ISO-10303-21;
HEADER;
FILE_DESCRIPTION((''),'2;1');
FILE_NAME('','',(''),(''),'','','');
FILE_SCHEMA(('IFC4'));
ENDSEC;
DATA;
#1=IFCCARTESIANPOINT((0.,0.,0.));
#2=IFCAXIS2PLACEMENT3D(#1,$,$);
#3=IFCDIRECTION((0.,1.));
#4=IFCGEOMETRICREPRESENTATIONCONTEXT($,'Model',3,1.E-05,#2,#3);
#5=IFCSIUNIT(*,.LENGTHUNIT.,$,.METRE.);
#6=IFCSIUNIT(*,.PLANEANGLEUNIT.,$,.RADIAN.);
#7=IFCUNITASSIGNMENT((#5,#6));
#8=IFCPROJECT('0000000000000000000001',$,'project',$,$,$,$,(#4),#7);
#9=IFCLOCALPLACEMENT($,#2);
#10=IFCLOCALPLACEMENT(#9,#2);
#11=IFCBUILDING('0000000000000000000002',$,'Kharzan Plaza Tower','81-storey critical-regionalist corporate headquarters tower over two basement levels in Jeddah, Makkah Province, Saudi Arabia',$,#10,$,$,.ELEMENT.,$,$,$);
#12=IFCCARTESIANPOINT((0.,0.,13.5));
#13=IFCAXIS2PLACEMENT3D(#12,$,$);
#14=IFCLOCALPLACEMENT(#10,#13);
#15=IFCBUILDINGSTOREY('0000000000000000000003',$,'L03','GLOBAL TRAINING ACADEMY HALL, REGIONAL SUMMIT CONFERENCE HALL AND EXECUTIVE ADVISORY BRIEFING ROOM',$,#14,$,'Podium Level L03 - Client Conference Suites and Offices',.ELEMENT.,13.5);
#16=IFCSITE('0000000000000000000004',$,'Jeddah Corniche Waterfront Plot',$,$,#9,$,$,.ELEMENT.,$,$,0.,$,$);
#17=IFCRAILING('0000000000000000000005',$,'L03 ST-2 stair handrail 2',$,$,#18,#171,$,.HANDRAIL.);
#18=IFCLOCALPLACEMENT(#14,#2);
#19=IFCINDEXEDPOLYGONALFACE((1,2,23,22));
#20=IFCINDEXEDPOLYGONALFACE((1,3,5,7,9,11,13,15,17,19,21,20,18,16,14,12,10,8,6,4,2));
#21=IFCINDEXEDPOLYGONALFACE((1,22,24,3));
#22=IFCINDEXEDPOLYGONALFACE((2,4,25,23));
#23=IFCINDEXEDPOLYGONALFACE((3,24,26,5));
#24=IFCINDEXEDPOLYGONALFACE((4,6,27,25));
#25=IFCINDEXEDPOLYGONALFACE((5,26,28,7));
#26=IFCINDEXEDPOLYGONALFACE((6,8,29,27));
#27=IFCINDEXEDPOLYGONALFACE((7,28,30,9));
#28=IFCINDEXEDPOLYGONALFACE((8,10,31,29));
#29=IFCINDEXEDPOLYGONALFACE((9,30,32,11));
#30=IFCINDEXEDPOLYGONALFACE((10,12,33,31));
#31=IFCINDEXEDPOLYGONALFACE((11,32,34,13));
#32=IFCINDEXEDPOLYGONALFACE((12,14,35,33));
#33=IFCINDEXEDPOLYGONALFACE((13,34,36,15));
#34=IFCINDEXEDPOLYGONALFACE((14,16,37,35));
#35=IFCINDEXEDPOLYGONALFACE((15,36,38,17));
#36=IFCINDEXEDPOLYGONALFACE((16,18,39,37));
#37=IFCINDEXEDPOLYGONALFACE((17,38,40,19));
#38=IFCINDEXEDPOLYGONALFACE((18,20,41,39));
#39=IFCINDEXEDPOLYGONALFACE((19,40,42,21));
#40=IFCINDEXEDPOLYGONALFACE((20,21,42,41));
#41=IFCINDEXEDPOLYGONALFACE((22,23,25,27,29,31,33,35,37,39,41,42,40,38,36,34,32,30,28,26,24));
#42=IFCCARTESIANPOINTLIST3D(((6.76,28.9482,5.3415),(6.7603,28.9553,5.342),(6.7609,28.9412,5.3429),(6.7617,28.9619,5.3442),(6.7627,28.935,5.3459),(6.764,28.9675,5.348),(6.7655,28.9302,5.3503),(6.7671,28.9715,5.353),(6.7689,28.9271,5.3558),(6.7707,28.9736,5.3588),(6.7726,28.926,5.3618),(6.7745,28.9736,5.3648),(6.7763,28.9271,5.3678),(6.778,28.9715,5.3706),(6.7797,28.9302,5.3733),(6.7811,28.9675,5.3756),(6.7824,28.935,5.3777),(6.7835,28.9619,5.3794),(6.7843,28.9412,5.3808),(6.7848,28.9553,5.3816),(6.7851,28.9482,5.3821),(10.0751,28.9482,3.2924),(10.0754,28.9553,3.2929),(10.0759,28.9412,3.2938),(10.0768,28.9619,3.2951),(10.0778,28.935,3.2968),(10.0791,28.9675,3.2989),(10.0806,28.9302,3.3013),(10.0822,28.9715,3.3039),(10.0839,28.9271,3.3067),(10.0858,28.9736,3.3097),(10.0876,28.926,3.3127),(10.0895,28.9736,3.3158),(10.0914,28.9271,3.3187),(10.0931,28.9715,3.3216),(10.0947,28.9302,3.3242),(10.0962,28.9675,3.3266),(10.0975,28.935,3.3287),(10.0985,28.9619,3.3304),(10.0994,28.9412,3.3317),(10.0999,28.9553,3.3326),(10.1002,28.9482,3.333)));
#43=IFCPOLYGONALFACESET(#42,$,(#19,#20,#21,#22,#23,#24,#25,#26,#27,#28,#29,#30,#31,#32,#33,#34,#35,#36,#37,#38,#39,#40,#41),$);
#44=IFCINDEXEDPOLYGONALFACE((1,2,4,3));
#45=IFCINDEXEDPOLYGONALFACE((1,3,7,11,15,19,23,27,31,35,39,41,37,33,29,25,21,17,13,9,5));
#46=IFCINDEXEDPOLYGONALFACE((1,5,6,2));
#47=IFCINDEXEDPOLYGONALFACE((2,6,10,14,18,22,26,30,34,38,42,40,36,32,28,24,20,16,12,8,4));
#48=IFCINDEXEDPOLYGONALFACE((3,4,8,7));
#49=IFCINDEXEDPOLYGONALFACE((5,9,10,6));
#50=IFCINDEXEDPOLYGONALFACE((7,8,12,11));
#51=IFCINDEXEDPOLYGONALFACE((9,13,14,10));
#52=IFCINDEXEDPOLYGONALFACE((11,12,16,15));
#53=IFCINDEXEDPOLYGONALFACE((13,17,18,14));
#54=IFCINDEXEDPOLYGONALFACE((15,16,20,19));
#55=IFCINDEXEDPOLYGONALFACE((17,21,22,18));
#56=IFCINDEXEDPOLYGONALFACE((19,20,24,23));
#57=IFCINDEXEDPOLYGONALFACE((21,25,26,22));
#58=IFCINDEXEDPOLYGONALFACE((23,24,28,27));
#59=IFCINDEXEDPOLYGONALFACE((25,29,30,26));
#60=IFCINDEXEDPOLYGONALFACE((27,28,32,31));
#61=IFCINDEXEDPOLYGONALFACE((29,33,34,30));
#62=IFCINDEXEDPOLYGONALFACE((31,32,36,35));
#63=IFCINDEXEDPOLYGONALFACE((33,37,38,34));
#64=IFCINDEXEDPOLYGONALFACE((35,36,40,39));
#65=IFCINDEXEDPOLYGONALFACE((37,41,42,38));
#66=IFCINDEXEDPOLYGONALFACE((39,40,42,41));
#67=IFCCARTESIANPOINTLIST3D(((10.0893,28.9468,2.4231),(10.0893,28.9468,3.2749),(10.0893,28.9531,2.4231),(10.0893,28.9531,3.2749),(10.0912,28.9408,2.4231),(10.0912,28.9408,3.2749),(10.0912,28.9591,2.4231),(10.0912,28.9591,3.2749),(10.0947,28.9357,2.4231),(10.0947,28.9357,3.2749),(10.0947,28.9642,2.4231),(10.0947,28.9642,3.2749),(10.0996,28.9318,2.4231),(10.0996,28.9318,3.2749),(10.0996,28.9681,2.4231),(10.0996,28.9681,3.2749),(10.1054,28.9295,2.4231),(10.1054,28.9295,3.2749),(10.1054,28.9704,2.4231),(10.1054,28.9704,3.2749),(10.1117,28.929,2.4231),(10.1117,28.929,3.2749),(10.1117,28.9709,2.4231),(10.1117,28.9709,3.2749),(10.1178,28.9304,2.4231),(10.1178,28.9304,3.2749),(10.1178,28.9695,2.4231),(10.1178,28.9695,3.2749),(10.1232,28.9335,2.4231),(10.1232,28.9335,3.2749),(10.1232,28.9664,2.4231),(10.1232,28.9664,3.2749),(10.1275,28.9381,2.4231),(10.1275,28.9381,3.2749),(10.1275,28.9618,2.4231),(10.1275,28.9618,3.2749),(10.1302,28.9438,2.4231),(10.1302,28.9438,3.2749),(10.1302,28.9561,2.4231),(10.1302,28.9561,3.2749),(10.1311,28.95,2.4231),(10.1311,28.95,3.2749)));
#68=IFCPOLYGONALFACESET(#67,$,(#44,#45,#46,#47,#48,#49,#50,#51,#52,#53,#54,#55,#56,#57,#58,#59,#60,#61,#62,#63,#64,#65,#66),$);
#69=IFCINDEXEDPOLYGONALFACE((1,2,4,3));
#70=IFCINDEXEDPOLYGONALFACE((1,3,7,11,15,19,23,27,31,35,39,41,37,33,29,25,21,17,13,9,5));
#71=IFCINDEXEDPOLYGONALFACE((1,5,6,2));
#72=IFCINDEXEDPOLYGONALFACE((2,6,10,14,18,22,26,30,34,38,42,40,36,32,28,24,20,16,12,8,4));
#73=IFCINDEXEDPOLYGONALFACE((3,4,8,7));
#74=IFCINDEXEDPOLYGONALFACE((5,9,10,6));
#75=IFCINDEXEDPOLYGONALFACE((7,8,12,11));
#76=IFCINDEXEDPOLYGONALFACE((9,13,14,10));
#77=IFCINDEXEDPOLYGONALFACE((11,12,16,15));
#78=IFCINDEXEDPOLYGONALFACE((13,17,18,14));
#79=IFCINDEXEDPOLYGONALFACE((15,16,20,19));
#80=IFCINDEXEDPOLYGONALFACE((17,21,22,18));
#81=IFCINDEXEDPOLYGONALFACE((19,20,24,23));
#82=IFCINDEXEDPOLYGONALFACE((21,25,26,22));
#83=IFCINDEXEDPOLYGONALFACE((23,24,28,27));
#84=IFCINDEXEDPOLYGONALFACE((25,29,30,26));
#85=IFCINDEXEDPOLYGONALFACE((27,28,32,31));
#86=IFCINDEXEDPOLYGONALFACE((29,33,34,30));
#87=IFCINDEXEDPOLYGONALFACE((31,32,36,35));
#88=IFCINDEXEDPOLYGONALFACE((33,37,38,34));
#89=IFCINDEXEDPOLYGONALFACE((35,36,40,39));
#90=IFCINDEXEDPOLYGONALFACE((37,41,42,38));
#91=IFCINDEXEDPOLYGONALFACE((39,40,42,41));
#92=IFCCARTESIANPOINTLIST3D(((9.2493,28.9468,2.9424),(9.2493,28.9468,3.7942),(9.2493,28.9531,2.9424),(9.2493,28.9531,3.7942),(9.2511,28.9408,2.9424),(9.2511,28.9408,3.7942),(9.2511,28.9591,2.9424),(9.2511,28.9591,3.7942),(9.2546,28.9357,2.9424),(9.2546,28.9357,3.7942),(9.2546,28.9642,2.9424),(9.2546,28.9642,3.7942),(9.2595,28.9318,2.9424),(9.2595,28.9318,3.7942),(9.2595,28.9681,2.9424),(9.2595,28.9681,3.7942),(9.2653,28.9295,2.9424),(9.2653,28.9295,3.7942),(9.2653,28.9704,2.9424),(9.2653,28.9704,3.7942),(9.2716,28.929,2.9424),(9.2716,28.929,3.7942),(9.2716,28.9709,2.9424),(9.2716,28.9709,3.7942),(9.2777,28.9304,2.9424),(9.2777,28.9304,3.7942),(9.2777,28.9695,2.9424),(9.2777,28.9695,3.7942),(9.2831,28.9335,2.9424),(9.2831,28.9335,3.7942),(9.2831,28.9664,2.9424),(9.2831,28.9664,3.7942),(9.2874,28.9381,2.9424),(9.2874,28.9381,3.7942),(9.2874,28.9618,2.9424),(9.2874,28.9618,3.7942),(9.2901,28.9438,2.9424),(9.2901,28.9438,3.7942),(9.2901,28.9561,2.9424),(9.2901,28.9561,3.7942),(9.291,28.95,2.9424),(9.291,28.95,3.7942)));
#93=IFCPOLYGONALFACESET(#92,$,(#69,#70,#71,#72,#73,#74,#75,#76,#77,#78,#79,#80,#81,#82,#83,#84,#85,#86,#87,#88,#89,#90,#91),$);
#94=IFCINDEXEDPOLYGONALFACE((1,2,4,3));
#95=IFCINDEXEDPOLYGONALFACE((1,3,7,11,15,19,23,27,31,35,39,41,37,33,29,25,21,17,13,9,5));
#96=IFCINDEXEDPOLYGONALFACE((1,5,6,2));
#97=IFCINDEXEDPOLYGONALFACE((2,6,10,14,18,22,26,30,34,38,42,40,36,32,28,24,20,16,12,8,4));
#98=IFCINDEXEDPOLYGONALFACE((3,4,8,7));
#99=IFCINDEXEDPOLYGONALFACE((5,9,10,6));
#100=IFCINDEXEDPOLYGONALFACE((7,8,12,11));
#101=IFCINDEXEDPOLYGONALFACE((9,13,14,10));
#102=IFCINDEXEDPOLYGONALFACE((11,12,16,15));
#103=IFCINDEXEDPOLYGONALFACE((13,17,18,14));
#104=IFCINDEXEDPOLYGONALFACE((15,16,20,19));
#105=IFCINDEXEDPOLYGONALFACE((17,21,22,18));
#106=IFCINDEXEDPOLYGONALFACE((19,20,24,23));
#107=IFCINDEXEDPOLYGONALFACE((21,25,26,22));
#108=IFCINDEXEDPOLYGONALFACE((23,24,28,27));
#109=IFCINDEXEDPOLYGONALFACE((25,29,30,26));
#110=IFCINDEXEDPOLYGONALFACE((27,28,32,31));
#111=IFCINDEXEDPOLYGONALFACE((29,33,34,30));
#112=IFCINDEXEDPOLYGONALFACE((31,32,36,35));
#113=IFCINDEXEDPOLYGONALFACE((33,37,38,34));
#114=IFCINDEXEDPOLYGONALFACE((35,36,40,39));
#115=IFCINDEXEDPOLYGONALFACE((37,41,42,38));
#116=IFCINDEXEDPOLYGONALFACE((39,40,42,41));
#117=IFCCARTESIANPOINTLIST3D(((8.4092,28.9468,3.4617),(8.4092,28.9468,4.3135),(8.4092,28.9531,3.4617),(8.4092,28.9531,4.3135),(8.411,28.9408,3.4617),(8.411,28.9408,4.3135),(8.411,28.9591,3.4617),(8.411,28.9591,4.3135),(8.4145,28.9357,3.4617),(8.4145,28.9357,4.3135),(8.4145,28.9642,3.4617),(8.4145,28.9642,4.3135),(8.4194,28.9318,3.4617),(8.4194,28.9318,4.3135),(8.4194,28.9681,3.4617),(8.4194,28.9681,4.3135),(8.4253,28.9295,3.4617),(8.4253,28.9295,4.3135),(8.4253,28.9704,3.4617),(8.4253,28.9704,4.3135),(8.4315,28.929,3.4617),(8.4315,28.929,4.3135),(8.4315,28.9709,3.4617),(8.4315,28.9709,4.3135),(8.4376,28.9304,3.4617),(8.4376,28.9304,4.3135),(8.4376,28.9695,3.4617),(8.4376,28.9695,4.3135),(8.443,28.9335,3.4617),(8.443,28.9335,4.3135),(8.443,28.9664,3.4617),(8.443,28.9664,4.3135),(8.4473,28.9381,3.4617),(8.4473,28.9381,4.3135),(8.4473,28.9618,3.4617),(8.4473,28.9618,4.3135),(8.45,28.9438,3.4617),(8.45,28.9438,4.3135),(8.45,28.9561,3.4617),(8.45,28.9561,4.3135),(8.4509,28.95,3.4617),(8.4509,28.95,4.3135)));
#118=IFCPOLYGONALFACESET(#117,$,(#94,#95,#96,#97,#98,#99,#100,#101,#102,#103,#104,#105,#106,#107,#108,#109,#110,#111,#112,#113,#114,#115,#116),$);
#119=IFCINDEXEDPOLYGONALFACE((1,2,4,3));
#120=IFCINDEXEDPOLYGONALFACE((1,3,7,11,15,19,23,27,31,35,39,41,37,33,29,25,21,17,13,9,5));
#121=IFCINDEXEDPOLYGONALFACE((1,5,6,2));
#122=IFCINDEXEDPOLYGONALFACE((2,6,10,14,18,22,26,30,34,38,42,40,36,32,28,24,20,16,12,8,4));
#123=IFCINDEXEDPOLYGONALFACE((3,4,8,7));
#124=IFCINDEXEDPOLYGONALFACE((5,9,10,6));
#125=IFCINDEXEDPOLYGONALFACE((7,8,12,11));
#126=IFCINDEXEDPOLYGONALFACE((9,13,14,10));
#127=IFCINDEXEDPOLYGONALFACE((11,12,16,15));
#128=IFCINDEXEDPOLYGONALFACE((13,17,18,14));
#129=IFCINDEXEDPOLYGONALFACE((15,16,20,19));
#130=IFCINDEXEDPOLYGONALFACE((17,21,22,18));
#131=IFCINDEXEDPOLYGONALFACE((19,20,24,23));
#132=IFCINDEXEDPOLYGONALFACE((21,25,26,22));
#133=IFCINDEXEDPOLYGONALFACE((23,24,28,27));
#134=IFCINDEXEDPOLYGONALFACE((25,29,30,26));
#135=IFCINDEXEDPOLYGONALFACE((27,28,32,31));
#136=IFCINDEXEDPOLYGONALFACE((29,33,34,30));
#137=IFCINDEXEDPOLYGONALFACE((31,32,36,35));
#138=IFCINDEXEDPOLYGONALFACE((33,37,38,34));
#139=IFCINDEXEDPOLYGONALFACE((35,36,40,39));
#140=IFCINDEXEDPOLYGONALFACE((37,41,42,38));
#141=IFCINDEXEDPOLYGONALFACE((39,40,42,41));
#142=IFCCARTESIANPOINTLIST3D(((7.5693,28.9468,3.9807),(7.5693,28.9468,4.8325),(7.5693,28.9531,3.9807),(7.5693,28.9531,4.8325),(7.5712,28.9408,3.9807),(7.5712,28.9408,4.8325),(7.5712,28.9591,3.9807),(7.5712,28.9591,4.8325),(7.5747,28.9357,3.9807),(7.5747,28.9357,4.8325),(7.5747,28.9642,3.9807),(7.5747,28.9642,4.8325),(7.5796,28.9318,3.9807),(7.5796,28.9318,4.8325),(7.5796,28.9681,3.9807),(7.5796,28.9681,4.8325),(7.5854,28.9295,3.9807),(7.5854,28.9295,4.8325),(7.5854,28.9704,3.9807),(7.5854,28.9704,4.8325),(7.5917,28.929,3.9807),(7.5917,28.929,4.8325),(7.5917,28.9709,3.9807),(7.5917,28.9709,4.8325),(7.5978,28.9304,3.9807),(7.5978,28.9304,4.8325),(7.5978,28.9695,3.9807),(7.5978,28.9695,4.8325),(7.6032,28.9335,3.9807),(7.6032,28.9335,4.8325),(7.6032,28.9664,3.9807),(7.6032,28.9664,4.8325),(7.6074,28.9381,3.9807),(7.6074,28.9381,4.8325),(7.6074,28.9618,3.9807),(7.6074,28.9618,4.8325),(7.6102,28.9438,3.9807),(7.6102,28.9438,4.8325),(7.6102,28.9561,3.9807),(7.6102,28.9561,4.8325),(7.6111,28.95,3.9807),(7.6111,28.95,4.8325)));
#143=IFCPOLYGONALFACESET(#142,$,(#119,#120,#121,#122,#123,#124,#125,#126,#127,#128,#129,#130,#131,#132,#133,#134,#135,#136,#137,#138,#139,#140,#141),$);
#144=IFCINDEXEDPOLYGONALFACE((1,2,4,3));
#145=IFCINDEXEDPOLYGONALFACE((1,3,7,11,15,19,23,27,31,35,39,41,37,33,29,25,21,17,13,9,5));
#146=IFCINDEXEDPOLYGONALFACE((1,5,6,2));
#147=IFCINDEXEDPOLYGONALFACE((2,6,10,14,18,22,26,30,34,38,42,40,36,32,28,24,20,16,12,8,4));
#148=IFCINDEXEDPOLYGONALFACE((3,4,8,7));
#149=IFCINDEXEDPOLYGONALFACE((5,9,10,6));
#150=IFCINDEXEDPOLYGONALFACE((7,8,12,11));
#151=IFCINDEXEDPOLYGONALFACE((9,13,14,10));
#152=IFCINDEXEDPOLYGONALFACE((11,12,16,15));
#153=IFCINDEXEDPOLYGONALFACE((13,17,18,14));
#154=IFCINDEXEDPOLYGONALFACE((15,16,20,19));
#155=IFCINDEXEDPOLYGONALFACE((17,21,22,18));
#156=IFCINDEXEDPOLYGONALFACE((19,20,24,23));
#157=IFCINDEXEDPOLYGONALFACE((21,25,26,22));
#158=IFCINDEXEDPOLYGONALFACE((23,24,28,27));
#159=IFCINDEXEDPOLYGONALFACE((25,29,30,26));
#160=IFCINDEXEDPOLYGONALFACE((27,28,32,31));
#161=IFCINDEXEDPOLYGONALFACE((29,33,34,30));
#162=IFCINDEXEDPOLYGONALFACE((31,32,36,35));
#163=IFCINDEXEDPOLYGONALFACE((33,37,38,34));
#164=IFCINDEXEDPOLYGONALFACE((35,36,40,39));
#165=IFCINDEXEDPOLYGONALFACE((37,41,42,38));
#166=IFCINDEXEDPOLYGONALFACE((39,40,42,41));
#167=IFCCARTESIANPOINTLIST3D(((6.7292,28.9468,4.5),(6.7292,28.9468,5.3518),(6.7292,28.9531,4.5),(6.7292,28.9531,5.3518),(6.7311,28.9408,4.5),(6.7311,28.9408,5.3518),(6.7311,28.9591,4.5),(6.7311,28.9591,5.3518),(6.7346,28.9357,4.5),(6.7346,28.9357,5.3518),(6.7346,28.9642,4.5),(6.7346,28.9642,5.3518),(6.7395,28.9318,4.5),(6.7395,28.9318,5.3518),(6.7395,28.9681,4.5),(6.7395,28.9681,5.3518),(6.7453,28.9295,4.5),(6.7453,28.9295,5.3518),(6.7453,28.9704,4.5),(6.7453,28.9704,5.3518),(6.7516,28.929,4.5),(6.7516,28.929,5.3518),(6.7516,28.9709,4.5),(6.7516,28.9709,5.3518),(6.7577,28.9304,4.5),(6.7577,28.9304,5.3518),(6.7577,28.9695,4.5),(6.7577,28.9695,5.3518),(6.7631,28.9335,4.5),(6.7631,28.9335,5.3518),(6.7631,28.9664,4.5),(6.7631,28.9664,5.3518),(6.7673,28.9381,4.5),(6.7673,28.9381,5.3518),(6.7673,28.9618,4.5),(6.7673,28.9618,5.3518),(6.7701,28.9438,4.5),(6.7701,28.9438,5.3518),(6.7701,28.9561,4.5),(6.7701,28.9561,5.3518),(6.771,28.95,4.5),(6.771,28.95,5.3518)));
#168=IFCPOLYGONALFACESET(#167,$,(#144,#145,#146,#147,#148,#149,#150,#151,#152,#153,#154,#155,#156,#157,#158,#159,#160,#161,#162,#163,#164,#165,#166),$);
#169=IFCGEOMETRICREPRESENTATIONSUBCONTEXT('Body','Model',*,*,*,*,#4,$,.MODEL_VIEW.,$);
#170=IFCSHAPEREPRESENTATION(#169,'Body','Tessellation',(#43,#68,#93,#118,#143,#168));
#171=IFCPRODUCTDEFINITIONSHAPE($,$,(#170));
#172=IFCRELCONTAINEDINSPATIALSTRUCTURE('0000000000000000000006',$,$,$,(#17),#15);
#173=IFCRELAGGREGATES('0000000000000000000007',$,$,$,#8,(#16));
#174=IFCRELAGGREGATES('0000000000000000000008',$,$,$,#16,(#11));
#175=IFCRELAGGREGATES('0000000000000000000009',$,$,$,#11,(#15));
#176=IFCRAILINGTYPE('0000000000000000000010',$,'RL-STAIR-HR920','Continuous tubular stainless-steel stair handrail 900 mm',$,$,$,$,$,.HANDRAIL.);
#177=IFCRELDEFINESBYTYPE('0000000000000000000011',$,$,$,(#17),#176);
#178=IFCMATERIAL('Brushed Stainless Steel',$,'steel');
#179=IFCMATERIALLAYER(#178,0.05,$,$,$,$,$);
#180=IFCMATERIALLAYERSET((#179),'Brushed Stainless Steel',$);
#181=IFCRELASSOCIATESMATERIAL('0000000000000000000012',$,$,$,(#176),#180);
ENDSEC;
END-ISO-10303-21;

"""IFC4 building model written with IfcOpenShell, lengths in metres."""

from ifc_helpers import new_model, si_unit, direction, frame, origin, origin_2d, place, context, subcontext, project, spatial, circle, extrude, source, transform, mapped, material, layer, layer_set, type_object, element, save


model = new_model("IFC4")

# Units and contexts
model_context = context("Model", 3, precision=1e-05, world=origin(), true_north=direction((0.0, 1.0)))
body_context = subcontext(model_context, "Body", "Model", "MODEL_VIEW")
ifc_project = project(units=[si_unit("LENGTHUNIT", "METRE"), si_unit("PLANEANGLEUNIT", "RADIAN")], contexts=[model_context])

# Site, building, storey
site_placement = place(None, origin())
site = spatial("IfcSite", under=ifc_project, at=site_placement, Name="Jeddah Corniche Waterfront Plot", CompositionType="ELEMENT", RefElevation=0.0)
building_placement = place(site_placement, origin())
building = spatial("IfcBuilding", under=site, at=building_placement, Name="Kharzan Plaza Tower", Description="81-storey critical-regionalist corporate headquarters tower over two basement levels in Jeddah, Makkah Province, Saudi Arabia", CompositionType="ELEMENT")
storey_placement = place(building_placement, frame((0.0, 0.0, 13.5)))
storey = spatial("IfcBuildingStorey", under=building, at=storey_placement, Name="L03", Description="GLOBAL TRAINING ACADEMY HALL, REGIONAL SUMMIT CONFERENCE HALL AND EXECUTIVE ADVISORY BRIEFING ROOM", LongName="Podium Level L03 - Client Conference Suites and Offices", CompositionType="ELEMENT", Elevation=13.5)

# Railing
ifc_material_1 = material(Name="Brushed Stainless Steel", Category="steel")
ifc_layer_1 = layer(ifc_material_1, 0.05)
ifc_layer_set_1 = layer_set([ifc_layer_1], Name="Brushed Stainless Steel")
railing_type_1 = type_object("IfcRailingType", Name="RL-STAIR-HR920", Description="Continuous tubular stainless-steel stair handrail 900 mm", PredefinedType="HANDRAIL", material=ifc_layer_set_1)
shared_shape_1 = source(origin(), body_context, "Body", "SweptSolid", [
    extrude(circle(Radius=0.0239, at=origin_2d()), frame((-0.0225, 0.0, 0.8896), z_axis=(-0.850623, 0.0, 0.525776), x_axis=(0.0, -1.0, 0.0)), (0.0, 0.0, 1.0), 3.8972),
    extrude(circle(Radius=0.021, at=origin_2d()), origin(), (0.0, 0.0, 1.0), 0.8518),
    extrude(circle(Radius=0.021, at=origin_2d()), frame((-0.8401, 0.0, 0.5193)), (0.0, 0.0, 1.0), 0.8518),
    extrude(circle(Radius=0.021, at=origin_2d()), frame((-1.6802, 0.0, 1.0386)), (0.0, 0.0, 1.0), 0.8518),
    extrude(circle(Radius=0.021, at=origin_2d()), frame((-2.52, 0.0, 1.5576)), (0.0, 0.0, 1.0), 0.8518),
    extrude(circle(Radius=0.021, at=origin_2d()), frame((-3.3601, 0.0, 2.0769)), (0.0, 0.0, 1.0), 0.8518),
])
railing_1_placement = place(storey_placement, frame((10.1101, 28.95, 2.4231)))
element("IfcRailing", 1, at=railing_1_placement, inside=storey, type_object=railing_type_1, Name="L03 ST-2 stair handrail 2", PredefinedType="HANDRAIL", context=body_context, shape_type="MappedRepresentation", body=[
    mapped(shared_shape_1, transform((0.0, 0.0, 0.0), x_axis=(1.0, 0.0, 0.0), y_axis=(0.0, 1.0, 0.0), z_axis=(0.0, 0.0, 1.0))),
])

save(model, "model.ifc")
